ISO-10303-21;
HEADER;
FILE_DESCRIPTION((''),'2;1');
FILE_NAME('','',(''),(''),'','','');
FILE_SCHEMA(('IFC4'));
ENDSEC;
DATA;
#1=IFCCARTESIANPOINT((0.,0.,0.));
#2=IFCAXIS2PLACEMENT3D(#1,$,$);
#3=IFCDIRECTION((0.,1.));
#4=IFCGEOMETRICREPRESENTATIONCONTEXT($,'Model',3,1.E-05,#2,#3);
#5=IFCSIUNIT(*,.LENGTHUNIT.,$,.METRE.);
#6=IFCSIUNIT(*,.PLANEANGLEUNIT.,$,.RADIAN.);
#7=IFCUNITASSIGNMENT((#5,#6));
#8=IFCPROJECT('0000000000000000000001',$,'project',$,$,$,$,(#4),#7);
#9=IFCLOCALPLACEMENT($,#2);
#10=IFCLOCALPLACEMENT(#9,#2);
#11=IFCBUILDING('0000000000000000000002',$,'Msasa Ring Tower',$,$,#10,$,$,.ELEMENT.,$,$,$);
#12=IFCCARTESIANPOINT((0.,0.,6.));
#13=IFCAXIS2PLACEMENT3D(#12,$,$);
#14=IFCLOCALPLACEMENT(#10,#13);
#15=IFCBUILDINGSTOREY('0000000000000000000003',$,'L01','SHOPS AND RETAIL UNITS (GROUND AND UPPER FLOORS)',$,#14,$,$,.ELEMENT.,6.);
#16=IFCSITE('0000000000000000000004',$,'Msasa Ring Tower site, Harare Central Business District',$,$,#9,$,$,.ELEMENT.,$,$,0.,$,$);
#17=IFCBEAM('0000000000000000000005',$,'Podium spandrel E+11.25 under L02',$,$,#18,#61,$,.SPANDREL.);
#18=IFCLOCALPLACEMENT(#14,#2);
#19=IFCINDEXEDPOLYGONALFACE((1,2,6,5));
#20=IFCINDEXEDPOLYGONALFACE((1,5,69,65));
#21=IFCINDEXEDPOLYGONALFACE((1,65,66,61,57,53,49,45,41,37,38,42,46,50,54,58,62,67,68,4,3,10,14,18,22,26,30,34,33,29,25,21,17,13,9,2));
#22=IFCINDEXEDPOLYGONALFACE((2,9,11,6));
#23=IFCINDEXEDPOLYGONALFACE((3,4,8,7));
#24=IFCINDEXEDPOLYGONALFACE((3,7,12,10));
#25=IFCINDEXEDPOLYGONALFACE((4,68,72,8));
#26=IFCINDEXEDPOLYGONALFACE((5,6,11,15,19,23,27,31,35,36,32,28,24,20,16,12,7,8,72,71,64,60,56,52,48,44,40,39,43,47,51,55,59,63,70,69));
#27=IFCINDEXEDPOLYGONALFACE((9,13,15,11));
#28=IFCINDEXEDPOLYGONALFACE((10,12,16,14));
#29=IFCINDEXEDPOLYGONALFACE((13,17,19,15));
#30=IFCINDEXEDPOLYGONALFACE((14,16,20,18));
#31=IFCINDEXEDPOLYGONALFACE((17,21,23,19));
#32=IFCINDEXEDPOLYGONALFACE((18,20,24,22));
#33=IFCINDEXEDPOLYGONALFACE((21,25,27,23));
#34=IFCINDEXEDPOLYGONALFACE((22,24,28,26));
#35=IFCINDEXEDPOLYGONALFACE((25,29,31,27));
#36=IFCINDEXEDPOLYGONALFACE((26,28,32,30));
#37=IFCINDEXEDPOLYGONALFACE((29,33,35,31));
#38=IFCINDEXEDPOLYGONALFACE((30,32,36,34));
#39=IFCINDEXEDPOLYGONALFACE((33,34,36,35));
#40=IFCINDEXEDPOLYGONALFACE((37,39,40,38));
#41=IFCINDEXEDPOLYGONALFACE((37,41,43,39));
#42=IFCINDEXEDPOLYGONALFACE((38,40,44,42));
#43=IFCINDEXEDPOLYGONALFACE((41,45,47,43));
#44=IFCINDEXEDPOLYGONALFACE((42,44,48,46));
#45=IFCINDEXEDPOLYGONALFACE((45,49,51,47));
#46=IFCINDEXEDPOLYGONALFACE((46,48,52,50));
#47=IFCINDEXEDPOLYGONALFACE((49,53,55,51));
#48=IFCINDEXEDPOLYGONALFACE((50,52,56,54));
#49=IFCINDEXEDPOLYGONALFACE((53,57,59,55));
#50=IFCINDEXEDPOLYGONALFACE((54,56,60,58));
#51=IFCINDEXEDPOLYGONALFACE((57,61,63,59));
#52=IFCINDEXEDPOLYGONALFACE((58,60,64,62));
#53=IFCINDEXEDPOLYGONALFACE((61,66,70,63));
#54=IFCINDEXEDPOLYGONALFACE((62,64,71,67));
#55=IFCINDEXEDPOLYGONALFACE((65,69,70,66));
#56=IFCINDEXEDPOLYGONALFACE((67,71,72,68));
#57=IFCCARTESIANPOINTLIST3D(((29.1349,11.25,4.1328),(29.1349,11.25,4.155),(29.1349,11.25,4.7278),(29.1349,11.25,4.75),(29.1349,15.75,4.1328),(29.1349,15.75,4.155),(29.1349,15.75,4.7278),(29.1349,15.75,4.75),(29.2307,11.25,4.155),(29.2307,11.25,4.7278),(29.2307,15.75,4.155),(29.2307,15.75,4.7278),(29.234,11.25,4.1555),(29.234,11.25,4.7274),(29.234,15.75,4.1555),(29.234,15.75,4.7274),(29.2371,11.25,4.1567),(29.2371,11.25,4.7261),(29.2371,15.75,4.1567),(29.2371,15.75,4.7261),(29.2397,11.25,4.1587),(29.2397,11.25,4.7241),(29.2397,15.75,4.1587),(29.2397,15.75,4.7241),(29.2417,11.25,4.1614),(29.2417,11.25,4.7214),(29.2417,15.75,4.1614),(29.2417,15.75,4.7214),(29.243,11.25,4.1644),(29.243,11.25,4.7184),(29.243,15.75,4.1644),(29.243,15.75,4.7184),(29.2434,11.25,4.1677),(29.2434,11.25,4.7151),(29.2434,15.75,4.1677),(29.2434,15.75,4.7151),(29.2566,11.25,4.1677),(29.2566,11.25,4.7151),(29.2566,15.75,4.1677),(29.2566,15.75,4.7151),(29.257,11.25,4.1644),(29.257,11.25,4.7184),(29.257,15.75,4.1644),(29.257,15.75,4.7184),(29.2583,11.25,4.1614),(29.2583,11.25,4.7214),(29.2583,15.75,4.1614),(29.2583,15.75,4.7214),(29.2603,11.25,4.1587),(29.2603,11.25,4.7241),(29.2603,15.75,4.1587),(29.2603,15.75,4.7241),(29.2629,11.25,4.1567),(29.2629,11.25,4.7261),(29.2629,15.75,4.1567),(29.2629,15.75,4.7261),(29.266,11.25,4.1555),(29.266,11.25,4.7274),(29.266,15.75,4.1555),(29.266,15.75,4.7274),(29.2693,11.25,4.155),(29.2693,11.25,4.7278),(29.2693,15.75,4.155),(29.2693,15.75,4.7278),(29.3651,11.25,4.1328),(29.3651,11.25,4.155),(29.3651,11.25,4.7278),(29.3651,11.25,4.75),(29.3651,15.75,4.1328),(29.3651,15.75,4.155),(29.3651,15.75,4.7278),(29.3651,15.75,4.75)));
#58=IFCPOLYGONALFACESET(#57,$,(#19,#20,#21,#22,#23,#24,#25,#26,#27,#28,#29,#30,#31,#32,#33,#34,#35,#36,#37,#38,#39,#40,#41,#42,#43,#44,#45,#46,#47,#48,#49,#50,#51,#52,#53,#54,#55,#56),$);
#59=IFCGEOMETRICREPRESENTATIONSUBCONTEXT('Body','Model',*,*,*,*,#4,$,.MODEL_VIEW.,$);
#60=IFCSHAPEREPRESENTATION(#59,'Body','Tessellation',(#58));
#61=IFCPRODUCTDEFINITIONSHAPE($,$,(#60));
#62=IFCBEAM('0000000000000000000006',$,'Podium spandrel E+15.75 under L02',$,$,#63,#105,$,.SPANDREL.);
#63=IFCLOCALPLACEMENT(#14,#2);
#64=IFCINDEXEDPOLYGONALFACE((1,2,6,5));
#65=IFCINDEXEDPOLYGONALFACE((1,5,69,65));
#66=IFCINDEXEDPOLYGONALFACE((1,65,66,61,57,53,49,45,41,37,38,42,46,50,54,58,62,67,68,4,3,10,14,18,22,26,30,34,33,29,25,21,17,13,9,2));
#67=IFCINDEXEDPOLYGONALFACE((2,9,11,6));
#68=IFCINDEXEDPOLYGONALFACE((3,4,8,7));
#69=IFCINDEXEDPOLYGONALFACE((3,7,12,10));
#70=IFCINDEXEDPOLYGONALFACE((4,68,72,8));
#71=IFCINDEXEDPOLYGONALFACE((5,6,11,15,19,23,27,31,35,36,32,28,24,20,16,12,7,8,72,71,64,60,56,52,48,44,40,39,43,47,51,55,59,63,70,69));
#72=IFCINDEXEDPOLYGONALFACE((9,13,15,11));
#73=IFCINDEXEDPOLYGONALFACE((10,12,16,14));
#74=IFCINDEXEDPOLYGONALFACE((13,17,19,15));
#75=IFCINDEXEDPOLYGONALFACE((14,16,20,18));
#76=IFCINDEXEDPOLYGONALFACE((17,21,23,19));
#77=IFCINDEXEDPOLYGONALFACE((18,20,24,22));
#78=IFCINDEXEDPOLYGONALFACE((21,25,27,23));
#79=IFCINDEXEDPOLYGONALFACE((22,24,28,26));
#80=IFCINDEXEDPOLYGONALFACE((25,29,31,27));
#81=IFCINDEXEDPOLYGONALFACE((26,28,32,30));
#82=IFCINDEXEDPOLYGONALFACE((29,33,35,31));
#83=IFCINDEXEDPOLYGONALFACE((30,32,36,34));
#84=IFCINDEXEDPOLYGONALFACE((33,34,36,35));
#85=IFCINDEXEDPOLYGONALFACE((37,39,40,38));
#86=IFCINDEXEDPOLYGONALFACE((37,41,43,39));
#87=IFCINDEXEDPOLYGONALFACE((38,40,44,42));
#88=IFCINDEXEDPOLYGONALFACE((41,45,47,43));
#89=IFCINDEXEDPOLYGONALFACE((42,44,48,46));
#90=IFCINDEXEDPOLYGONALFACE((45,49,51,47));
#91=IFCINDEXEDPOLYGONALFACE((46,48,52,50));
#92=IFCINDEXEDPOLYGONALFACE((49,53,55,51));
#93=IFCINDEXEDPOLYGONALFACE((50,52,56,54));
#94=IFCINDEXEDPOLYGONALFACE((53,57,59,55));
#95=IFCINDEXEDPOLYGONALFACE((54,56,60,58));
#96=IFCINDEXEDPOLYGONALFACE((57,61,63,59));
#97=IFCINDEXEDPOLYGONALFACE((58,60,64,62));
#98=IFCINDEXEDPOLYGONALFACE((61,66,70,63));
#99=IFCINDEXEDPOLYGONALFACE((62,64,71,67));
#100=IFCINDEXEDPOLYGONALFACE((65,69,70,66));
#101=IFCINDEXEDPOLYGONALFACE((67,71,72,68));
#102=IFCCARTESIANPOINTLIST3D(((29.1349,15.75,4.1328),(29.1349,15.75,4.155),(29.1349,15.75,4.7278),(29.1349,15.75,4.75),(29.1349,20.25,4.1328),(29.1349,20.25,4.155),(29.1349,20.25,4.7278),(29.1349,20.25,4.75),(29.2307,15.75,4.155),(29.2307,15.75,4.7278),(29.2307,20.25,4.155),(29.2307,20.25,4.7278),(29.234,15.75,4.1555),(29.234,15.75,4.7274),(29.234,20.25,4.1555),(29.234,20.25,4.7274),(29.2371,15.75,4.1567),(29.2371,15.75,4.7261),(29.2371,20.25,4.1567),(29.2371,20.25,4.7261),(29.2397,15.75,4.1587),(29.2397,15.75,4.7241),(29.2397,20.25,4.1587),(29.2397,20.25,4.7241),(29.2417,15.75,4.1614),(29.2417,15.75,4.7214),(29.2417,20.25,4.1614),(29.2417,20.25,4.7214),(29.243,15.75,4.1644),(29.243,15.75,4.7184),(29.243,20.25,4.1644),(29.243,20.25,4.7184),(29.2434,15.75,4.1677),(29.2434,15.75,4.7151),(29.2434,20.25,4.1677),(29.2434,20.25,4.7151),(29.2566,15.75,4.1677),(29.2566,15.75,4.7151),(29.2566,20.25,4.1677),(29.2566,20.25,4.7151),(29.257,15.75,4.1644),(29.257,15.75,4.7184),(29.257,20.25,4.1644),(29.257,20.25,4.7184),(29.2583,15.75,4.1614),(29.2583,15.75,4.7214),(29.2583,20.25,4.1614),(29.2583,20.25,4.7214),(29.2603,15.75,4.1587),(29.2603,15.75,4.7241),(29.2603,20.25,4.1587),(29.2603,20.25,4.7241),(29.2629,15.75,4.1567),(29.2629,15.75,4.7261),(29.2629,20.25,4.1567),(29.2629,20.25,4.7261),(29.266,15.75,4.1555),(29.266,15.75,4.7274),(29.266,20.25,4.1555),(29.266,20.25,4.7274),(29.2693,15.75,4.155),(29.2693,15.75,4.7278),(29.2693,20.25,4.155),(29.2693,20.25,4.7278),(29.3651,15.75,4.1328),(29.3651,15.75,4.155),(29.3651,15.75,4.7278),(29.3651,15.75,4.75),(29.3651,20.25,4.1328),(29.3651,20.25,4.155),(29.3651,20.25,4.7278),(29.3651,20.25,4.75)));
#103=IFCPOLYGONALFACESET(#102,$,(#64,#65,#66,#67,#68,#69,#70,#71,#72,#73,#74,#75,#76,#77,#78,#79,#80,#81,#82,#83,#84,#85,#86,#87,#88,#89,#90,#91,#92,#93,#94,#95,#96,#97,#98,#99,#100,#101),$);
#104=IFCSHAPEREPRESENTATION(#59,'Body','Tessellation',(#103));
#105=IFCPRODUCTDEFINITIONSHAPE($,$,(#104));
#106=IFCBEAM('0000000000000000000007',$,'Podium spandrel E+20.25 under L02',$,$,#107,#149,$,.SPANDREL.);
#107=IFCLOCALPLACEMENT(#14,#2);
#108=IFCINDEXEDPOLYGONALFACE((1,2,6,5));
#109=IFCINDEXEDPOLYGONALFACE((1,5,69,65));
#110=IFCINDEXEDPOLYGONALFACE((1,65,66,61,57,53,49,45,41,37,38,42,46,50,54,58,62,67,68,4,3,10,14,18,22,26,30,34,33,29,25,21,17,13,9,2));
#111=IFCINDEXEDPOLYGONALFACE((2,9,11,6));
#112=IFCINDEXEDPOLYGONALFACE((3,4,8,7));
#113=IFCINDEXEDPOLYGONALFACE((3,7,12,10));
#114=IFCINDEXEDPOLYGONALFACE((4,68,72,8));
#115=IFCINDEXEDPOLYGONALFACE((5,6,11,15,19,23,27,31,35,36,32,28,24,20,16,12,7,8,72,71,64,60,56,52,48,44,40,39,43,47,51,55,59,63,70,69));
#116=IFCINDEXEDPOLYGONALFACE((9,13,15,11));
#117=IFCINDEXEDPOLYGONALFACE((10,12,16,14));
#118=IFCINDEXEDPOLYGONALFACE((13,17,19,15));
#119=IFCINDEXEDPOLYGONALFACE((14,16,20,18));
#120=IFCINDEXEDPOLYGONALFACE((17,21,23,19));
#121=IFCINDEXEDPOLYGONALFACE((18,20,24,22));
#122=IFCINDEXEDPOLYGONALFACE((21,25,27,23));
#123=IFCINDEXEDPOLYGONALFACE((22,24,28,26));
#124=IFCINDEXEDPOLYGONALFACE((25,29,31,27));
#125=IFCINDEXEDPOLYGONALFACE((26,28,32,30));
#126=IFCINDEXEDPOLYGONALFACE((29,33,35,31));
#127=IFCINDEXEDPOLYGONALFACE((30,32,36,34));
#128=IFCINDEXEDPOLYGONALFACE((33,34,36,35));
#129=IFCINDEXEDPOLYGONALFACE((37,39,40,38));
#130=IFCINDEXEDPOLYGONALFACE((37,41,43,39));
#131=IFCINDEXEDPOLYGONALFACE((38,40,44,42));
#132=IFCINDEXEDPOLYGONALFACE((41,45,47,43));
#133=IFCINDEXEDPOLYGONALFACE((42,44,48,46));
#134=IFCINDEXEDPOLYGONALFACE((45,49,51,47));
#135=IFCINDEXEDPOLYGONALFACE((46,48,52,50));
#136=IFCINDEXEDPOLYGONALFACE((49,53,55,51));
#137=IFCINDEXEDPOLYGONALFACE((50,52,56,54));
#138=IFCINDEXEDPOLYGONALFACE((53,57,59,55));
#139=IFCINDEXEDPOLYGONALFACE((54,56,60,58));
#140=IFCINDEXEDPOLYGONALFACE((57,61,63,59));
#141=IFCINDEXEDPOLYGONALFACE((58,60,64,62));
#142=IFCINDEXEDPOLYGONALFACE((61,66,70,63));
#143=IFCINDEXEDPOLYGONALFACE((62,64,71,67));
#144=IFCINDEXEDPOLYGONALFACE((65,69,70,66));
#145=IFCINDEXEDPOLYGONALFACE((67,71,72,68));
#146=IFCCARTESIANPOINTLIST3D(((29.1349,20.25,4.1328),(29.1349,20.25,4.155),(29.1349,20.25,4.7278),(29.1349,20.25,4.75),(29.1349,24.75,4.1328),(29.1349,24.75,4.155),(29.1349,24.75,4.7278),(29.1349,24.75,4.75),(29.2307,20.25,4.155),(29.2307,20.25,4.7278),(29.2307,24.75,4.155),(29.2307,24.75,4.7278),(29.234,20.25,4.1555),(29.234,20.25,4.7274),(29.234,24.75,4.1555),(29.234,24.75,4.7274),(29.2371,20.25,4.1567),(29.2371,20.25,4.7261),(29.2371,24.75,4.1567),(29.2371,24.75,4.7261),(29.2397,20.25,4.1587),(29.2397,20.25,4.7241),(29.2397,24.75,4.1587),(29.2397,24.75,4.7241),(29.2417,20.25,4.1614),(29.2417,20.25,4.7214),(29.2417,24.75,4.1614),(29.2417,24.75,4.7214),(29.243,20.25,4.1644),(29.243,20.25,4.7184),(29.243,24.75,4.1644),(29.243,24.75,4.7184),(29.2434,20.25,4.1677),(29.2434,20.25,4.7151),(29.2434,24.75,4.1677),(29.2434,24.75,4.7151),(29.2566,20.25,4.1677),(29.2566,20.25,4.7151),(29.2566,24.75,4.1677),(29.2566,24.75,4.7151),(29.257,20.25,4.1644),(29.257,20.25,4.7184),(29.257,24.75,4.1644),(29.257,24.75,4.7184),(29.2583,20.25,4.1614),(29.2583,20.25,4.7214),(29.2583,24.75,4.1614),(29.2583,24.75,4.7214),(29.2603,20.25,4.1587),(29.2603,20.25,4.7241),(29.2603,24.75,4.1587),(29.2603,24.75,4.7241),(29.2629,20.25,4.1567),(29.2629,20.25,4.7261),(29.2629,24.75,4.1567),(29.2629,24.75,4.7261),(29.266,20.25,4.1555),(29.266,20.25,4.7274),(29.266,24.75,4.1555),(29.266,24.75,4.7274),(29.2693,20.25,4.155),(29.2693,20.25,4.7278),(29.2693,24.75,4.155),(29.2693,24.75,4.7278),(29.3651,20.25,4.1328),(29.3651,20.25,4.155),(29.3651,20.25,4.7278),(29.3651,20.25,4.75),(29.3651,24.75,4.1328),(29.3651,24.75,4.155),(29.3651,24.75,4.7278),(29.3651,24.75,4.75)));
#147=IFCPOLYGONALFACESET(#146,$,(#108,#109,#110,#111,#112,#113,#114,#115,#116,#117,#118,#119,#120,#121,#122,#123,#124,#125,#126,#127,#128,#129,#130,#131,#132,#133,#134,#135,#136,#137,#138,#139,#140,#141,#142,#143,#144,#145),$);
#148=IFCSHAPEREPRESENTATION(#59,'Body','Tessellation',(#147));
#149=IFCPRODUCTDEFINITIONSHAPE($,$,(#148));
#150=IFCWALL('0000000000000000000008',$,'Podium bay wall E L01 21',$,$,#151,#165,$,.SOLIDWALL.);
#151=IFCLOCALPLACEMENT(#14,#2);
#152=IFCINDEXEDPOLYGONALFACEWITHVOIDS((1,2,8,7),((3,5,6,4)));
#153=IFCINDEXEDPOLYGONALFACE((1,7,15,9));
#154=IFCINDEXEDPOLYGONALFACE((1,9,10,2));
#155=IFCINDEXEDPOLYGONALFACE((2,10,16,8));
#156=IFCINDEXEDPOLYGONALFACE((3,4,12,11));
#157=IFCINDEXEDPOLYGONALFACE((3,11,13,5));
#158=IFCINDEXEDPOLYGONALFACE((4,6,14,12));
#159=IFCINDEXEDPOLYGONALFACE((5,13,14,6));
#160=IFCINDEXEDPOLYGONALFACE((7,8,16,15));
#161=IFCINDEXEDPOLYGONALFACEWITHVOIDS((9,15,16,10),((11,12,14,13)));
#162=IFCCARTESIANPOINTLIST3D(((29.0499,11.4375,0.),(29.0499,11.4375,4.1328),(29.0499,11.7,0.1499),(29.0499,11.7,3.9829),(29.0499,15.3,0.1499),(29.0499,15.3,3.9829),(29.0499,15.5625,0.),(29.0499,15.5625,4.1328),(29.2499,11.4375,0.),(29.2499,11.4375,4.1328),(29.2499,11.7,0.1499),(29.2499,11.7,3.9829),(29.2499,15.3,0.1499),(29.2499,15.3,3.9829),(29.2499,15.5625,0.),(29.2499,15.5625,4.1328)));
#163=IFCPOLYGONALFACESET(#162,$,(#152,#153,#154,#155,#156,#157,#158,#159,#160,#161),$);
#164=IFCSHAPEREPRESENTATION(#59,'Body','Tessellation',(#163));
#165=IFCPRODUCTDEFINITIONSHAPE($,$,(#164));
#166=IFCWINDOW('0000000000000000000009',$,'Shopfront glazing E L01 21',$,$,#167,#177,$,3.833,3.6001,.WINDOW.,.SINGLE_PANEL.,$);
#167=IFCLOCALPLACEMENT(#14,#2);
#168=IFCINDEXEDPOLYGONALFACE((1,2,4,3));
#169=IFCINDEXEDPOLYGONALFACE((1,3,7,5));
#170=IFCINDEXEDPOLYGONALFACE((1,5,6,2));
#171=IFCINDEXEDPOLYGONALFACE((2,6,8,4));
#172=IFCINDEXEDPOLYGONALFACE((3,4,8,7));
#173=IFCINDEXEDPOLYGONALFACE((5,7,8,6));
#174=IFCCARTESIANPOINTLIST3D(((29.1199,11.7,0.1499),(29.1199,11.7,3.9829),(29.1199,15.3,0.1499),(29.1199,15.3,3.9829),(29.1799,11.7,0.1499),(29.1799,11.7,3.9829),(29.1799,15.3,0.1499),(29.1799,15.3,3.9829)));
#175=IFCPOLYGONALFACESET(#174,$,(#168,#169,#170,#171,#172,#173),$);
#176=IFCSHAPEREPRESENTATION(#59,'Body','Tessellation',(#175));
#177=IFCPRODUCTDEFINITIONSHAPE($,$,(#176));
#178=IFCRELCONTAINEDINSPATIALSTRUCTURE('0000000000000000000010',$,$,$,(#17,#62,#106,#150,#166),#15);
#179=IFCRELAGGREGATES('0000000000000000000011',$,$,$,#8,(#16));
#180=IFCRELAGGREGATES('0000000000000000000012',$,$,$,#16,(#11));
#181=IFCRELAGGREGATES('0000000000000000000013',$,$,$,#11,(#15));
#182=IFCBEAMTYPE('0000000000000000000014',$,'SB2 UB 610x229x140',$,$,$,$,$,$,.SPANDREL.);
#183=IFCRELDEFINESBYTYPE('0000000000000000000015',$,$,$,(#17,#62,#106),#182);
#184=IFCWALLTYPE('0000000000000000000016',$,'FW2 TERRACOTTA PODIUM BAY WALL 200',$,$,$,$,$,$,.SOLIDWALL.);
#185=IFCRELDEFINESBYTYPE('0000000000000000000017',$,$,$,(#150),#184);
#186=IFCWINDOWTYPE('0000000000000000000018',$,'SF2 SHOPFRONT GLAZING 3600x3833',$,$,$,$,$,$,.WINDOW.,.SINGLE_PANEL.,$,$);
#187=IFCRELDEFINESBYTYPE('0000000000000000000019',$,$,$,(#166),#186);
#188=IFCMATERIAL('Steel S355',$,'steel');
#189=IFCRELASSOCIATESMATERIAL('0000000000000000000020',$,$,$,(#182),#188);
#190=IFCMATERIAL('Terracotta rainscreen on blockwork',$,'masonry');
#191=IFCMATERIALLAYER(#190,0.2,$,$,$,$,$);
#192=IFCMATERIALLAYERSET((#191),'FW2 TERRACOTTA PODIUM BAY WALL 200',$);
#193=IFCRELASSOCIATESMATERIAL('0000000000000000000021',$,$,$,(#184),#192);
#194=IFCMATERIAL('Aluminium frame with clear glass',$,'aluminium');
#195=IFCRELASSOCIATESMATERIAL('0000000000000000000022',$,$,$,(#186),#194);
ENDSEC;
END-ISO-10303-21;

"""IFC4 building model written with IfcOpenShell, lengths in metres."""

from ifc_helpers import new_model, si_unit, direction, frame, frame_2d, origin, origin_2d, place, context, subcontext, project, spatial, rectangle, i_section, extrude, material, layer, layer_set, material_profile, profile_set, type_object, element, fill, save


model = new_model("IFC4")

# Units and contexts
model_context = context("Model", 3, precision=1e-05, world=origin(), true_north=direction((0.0, 1.0)))
body_context = subcontext(model_context, "Body", "Model", "MODEL_VIEW")
ifc_project = project(units=[si_unit("LENGTHUNIT", "METRE"), si_unit("PLANEANGLEUNIT", "RADIAN")], contexts=[model_context])

# Site, building, storey
site_placement = place(None, origin())
site = spatial("IfcSite", under=ifc_project, at=site_placement, Name="Msasa Ring Tower site, Harare Central Business District", CompositionType="ELEMENT", RefElevation=0.0)
building_placement = place(site_placement, origin())
building = spatial("IfcBuilding", under=site, at=building_placement, Name="Msasa Ring Tower", CompositionType="ELEMENT")
storey_placement = place(building_placement, frame((0.0, 0.0, 6.0)))
storey = spatial("IfcBuildingStorey", under=building, at=storey_placement, Name="L01", Description="SHOPS AND RETAIL UNITS (GROUND AND UPPER FLOORS)", CompositionType="ELEMENT", Elevation=6.0)

# Beams
ifc_material_1 = material(Name="Steel S355", Category="steel")
ifc_material_profile_1 = material_profile(ifc_material_1, i_section(OverallWidth=0.2302, OverallDepth=0.6172, WebThickness=0.0132, FlangeThickness=0.0222, FilletRadius=0.0127, at=origin_2d()), Name="UB 610x229x140")
ifc_profile_set_1 = profile_set([ifc_material_profile_1], Name="Steel S355")
beam_type_1 = type_object("IfcBeamType", Name="SB2 UB 610x229x140", PredefinedType="SPANDREL", material=ifc_profile_set_1)
for number, where, z_axis, x_axis, name in (
    (1, (29.25, 11.25, 4.4414), (0.0, 1.0, 0.0), (-1.0, 0.0, 0.0), "Podium spandrel E+11.25 under L02"),
    (2, (29.25, 15.75, 4.4414), (0.0, 1.0, 0.0), (-1.0, 0.0, 0.0), "Podium spandrel E+15.75 under L02"),
    (3, (29.25, 20.25, 4.4414), (0.0, 1.0, 0.0), (-1.0, 0.0, 0.0), "Podium spandrel E+20.25 under L02"),
):
    element("IfcBeam", number, at=place(storey_placement, frame(where, z_axis=z_axis, x_axis=x_axis)), inside=storey, type_object=beam_type_1, Name=name, PredefinedType="SPANDREL", context=body_context, shape_type="SweptSolid", body=[
        extrude(i_section(OverallWidth=0.2302, OverallDepth=0.6172, WebThickness=0.0132, FlangeThickness=0.0222, FilletRadius=0.0127, at=origin_2d()), origin(), (0.0, 0.0, 1.0), 4.5),
    ])

# Wall, opening, window
ifc_material_2 = material(Name="Terracotta rainscreen on blockwork", Category="masonry")
ifc_layer_1 = layer(ifc_material_2, 0.2)
ifc_layer_set_1 = layer_set([ifc_layer_1], Name="FW2 TERRACOTTA PODIUM BAY WALL 200")
wall_type_1 = type_object("IfcWallType", Name="FW2 TERRACOTTA PODIUM BAY WALL 200", PredefinedType="SOLIDWALL", material=ifc_layer_set_1)
wall_1_placement = place(storey_placement, frame((29.1499, 11.4375, 0.0), z_axis=(0.0, 0.0, 1.0), x_axis=(0.0, 1.0, 0.0)))
wall_1 = element("IfcWall", 4, at=wall_1_placement, inside=storey, type_object=wall_type_1, Name="Podium bay wall E L01 21", PredefinedType="SOLIDWALL", context=body_context, shape_type="SweptSolid", body=[
    extrude(rectangle(XDim=4.125, YDim=0.2, at=frame_2d((2.0625, 0.0))), origin(), (0.0, 0.0, 1.0), 4.1328),
])
opening_1_placement = place(wall_1_placement, frame((0.2625, 0.0, 0.1499)))
opening_1 = element("IfcOpeningElement", 5, at=opening_1_placement, cuts=wall_1, PredefinedType="OPENING", context=body_context, shape_type="SweptSolid", body=[
    extrude(rectangle(XDim=3.6001, YDim=3.833, at=frame_2d((1.8, 1.9165))), frame((0.0, 0.1099, 0.0), z_axis=(0.0, -1.0, 0.0), x_axis=(1.0, 0.0, 0.0)), (0.0, 0.0, 1.0), 0.22),
])
ifc_material_3 = material(Name="Aluminium frame with clear glass", Category="aluminium")
window_type = type_object("IfcWindowType", Name="SF2 SHOPFRONT GLAZING 3600x3833", PartitioningType="SINGLE_PANEL", PredefinedType="WINDOW", material=ifc_material_3)
window_1_placement = place(opening_1_placement, origin())
window_1 = element("IfcWindow", 6, at=window_1_placement, inside=storey, type_object=window_type, Name="Shopfront glazing E L01 21", OverallHeight=3.833, OverallWidth=3.6001, PartitioningType="SINGLE_PANEL", PredefinedType="WINDOW", context=body_context, shape_type="SweptSolid", body=[
    extrude(rectangle(XDim=3.6001, YDim=3.833, at=frame_2d((1.8, 1.9165))), frame((0.0, 0.03, 0.0), z_axis=(0.0, -1.0, 0.0), x_axis=(1.0, 0.0, 0.0)), (0.0, 0.0, 1.0), 0.0601),
])
fill(opening_1, window_1)

save(model, "model.ifc")
